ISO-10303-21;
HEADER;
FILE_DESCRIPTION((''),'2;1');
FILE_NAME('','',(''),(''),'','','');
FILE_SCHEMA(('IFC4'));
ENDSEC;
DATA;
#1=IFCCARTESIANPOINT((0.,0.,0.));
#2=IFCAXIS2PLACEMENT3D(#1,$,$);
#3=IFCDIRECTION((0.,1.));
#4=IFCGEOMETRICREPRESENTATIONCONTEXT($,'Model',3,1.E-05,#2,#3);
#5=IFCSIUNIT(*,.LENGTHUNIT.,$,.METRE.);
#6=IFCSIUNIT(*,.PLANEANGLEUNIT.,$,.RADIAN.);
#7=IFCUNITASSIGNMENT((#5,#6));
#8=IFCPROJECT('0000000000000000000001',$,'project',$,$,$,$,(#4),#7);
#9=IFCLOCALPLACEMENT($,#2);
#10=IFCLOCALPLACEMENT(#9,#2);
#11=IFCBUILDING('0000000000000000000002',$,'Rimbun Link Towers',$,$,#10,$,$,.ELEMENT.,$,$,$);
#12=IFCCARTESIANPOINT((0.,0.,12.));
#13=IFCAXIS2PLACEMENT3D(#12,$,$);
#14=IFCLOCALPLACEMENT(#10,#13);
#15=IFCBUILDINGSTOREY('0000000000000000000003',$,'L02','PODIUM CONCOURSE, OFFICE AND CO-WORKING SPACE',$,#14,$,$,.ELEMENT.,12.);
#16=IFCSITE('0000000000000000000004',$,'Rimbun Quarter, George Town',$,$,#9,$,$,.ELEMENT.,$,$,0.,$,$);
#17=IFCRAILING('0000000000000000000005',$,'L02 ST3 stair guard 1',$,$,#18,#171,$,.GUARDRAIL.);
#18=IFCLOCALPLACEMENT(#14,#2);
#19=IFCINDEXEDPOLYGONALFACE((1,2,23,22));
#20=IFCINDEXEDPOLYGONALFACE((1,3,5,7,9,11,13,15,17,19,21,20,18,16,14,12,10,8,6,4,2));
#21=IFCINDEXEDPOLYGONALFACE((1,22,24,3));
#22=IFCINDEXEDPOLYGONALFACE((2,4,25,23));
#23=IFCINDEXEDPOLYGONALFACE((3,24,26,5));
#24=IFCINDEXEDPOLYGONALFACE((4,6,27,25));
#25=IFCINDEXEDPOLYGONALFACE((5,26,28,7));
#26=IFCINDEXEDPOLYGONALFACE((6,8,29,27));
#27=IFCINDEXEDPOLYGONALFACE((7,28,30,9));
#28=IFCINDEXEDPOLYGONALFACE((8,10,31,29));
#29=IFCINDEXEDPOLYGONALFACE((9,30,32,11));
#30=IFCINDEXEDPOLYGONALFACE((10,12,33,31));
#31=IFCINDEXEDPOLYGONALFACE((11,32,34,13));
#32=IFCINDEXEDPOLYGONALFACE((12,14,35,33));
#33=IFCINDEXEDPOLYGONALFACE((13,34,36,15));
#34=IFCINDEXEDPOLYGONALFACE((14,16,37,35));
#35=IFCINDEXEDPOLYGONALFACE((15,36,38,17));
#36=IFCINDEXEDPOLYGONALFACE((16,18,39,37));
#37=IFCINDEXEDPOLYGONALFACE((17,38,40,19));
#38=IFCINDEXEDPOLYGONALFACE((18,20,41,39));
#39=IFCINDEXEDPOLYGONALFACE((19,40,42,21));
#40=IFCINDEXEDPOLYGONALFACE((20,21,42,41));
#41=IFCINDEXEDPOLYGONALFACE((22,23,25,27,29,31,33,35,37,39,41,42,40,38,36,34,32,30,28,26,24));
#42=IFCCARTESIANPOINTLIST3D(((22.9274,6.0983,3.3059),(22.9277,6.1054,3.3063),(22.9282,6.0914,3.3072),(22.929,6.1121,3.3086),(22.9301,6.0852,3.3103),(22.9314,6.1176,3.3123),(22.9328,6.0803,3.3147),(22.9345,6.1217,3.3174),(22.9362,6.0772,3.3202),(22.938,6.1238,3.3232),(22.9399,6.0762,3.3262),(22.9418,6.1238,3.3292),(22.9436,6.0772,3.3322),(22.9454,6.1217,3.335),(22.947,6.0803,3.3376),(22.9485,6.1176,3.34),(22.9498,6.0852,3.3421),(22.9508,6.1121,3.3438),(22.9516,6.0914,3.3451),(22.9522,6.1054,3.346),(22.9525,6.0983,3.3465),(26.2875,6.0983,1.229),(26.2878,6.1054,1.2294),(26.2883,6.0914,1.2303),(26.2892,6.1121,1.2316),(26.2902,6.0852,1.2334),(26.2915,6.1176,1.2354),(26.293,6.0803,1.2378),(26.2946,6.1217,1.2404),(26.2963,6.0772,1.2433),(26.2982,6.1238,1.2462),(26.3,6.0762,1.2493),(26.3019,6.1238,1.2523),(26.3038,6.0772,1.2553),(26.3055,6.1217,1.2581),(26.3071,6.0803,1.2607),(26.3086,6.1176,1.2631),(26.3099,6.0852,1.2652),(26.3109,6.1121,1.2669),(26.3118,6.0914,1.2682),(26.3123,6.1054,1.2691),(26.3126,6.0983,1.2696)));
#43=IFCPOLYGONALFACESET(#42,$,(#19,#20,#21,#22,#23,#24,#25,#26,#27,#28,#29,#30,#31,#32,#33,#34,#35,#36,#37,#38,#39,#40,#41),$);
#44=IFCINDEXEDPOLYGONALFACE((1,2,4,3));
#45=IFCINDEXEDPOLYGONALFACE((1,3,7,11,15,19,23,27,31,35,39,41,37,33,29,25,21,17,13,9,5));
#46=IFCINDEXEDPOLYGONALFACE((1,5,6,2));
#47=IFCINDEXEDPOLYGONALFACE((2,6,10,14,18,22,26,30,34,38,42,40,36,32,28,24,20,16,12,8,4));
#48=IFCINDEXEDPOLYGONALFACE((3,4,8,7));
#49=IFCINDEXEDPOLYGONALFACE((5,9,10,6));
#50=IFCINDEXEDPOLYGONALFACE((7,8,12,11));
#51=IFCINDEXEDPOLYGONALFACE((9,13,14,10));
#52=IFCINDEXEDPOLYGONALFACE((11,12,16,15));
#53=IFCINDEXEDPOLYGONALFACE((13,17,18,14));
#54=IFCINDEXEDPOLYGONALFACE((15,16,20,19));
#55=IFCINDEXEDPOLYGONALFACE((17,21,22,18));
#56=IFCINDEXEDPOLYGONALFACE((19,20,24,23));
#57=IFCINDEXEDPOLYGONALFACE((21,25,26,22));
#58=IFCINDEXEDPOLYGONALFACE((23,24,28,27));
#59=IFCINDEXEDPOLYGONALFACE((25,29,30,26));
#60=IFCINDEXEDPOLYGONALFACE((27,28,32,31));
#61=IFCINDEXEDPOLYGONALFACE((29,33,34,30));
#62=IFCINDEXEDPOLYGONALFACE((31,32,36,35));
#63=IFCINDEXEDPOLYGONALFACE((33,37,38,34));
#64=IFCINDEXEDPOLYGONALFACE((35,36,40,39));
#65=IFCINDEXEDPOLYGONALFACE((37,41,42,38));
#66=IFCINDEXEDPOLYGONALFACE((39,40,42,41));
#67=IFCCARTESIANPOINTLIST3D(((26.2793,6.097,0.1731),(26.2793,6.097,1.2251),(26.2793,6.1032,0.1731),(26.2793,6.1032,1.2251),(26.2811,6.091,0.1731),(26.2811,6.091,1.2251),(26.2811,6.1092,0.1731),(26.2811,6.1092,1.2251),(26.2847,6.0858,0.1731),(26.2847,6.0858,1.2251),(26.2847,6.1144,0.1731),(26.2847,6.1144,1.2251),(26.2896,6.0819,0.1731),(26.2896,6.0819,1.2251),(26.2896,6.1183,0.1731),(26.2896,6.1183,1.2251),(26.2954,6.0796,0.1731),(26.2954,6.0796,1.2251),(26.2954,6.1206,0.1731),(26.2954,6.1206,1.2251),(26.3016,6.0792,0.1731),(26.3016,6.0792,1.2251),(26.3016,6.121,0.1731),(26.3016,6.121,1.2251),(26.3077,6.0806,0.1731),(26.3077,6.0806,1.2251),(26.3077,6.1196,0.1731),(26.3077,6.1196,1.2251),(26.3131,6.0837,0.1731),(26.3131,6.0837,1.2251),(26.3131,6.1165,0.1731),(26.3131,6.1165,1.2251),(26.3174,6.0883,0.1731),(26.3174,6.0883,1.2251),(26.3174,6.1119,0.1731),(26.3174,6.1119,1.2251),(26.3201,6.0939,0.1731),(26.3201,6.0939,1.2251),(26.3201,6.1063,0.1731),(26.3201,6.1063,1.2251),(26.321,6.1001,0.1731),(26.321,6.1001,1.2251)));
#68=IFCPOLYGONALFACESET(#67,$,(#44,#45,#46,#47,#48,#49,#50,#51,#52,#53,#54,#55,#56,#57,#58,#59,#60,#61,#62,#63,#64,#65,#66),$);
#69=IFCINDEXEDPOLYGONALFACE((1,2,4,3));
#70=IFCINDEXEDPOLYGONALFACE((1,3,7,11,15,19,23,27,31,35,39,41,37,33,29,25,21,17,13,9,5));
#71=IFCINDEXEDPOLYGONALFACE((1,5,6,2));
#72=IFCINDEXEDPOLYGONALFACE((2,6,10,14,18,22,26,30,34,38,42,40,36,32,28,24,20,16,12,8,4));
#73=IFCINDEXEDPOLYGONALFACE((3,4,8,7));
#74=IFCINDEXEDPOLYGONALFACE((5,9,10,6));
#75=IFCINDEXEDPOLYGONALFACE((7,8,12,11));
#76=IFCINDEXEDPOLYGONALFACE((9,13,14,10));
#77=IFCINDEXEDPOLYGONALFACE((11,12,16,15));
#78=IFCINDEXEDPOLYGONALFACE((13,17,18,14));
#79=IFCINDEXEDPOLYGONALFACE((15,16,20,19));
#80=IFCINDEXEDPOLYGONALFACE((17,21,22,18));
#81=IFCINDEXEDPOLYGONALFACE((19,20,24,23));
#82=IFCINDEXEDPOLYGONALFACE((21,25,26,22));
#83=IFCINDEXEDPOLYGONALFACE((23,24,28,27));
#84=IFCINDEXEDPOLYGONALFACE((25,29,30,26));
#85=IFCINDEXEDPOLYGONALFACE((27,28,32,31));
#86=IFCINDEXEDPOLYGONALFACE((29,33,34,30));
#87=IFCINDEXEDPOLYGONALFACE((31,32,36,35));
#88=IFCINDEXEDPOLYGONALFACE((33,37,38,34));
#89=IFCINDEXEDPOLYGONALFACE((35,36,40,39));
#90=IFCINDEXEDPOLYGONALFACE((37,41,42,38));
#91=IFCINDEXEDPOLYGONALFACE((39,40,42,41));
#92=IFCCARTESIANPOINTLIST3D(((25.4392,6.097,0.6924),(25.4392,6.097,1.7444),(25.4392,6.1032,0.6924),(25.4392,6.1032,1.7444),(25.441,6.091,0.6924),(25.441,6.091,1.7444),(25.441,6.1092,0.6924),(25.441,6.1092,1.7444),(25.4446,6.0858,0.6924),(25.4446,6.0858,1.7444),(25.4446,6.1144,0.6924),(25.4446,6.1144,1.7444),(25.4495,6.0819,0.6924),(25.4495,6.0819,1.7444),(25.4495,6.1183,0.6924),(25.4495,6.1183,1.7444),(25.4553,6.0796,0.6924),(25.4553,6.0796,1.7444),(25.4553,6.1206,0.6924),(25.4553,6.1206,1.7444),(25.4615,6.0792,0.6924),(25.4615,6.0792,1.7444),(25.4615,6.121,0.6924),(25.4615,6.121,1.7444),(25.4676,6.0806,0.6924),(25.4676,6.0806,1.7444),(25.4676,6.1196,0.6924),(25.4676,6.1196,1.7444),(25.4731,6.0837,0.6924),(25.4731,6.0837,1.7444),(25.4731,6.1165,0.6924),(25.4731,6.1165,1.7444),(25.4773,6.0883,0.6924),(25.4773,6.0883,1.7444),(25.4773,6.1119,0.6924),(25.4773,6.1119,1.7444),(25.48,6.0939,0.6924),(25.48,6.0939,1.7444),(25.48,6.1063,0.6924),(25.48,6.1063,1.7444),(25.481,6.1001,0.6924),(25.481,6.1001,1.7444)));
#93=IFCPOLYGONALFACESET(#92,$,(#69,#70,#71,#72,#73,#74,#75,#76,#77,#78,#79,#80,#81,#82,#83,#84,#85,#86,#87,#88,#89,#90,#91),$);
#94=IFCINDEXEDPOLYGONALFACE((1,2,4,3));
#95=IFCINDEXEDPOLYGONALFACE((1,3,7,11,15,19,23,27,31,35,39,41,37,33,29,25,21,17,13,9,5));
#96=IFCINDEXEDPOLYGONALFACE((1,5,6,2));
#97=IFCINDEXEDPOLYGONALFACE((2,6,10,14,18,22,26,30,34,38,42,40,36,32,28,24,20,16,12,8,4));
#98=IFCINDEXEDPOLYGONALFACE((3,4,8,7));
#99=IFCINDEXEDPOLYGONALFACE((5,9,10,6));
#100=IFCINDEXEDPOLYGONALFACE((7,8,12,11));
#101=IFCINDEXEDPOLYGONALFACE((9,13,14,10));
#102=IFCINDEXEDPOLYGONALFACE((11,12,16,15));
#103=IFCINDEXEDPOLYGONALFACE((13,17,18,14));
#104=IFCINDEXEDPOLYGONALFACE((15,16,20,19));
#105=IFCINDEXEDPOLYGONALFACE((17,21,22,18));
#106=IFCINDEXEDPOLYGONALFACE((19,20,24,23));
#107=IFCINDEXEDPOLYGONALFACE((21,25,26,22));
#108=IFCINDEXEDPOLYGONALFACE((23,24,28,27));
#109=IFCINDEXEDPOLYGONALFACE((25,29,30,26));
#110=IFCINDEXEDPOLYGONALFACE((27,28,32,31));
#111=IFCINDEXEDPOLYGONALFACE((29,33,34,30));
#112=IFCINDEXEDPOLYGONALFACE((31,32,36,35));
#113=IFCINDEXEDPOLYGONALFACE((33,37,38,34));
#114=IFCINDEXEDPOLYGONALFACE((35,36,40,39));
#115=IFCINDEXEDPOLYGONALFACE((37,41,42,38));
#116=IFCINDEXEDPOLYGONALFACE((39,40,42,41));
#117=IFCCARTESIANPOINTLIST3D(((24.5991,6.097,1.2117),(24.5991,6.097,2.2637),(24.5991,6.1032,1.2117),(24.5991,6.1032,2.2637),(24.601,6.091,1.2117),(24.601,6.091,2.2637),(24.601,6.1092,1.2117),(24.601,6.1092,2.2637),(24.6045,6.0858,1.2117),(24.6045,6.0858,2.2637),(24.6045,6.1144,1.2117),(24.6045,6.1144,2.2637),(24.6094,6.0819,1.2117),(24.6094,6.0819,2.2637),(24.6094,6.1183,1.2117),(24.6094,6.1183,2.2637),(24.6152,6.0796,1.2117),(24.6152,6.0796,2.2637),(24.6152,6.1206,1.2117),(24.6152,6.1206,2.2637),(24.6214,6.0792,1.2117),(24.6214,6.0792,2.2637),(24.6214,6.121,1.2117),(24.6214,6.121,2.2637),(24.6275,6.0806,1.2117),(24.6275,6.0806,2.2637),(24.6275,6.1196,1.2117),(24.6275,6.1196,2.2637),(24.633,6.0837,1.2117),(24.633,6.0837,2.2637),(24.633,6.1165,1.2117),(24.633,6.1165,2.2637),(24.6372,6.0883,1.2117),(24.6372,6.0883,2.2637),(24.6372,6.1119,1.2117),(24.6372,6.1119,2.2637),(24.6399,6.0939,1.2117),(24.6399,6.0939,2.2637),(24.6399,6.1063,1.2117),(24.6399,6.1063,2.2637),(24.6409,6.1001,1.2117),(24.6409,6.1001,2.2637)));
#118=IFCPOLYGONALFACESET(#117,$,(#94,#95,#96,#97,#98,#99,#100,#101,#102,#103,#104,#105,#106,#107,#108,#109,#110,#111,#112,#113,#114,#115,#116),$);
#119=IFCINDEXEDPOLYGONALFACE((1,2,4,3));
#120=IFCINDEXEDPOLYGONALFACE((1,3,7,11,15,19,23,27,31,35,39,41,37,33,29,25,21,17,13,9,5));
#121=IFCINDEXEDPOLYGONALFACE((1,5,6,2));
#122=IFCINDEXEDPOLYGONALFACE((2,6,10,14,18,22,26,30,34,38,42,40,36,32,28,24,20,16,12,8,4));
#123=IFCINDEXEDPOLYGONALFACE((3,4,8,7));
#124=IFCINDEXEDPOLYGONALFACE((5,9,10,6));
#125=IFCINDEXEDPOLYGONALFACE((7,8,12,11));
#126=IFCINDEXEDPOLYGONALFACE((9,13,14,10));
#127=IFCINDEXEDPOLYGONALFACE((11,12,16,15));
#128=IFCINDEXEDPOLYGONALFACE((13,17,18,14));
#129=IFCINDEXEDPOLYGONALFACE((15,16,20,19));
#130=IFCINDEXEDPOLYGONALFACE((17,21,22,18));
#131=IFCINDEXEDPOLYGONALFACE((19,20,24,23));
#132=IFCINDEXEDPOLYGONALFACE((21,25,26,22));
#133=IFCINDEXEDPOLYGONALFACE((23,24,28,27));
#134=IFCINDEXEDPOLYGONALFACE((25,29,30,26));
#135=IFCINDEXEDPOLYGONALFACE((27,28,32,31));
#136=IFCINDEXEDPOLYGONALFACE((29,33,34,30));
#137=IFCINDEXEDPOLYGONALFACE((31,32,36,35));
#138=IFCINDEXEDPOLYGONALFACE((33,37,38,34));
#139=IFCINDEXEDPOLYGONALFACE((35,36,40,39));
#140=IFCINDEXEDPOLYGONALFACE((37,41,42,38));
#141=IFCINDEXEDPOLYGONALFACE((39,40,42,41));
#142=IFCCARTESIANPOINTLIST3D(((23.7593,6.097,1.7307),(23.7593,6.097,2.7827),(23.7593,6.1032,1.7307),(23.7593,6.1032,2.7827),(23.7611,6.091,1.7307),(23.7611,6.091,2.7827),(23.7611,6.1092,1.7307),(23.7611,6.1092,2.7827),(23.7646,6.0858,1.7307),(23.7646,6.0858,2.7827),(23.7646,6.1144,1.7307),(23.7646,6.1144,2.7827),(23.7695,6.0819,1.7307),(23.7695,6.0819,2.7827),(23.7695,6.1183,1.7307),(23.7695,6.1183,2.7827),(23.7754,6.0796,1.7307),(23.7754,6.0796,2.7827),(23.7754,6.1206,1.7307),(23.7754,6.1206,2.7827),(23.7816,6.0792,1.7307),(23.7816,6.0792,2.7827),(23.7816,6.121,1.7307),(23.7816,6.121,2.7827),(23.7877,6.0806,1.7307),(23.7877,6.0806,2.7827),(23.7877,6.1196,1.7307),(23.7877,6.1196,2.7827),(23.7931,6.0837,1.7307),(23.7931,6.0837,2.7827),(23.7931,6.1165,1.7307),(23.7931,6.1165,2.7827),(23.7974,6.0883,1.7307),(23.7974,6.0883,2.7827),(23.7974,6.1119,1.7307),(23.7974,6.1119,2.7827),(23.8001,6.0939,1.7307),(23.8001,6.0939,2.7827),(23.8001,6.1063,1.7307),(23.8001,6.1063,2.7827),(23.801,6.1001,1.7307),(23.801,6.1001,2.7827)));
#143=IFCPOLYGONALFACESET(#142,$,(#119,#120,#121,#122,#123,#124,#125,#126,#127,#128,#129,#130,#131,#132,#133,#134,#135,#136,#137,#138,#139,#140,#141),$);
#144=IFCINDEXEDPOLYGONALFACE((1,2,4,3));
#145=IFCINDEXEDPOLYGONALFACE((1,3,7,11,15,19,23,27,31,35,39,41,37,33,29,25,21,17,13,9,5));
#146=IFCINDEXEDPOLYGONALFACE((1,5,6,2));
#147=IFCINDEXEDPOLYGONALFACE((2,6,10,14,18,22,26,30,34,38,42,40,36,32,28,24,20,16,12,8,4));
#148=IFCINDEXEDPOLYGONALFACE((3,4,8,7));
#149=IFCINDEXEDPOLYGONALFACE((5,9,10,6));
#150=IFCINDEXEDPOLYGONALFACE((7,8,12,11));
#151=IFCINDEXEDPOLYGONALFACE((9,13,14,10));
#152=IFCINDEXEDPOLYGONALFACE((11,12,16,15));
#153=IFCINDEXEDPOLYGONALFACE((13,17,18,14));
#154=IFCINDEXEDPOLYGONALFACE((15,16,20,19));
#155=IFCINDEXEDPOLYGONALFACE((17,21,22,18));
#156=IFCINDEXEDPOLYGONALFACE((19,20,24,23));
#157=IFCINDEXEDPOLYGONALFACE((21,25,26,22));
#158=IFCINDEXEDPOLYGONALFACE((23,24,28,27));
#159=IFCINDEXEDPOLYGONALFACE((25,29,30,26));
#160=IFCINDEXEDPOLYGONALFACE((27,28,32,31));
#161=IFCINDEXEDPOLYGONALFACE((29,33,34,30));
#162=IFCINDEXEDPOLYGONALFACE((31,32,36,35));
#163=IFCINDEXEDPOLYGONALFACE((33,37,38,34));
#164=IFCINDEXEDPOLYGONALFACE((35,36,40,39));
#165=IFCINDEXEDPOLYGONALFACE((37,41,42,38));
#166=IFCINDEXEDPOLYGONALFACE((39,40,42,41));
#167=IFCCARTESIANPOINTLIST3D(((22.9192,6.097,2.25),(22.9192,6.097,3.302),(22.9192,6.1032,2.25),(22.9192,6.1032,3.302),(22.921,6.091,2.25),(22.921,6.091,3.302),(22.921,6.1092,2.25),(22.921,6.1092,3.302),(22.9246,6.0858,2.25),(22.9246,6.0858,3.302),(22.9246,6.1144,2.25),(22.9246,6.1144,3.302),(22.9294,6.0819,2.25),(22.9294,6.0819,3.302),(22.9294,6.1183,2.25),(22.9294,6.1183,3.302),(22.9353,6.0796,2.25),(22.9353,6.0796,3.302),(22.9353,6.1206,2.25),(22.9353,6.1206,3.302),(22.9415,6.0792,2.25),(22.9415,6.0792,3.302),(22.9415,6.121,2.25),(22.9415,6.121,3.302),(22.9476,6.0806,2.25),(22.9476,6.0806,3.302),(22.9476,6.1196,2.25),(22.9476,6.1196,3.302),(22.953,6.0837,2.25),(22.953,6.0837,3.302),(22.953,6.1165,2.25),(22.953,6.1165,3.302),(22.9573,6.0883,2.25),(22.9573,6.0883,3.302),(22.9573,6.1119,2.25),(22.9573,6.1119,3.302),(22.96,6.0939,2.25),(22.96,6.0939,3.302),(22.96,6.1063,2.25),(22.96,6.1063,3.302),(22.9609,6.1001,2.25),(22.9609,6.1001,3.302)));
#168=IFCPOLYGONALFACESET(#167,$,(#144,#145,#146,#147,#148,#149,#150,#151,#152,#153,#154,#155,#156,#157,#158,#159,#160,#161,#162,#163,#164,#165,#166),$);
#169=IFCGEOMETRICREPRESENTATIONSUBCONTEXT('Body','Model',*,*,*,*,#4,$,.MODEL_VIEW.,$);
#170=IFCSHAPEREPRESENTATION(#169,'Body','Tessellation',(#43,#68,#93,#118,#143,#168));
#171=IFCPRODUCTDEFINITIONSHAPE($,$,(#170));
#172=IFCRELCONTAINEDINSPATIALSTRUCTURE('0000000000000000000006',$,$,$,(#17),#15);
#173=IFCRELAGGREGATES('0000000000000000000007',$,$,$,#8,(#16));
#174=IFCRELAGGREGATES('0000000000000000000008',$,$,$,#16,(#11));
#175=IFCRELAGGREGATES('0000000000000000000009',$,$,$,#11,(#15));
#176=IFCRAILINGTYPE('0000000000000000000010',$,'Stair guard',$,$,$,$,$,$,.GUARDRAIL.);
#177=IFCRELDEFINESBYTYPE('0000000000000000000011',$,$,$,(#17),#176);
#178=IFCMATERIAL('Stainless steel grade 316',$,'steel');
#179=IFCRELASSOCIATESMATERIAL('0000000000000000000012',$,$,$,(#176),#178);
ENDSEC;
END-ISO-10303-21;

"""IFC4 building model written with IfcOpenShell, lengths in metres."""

from ifc_helpers import new_model, si_unit, direction, frame, origin, origin_2d, place, context, subcontext, project, spatial, circle, extrude, material, type_object, element, save


model = new_model("IFC4")

# Units and contexts
model_context = context("Model", 3, precision=1e-05, world=origin(), true_north=direction((0.0, 1.0)))
body_context = subcontext(model_context, "Body", "Model", "MODEL_VIEW")
ifc_project = project(units=[si_unit("LENGTHUNIT", "METRE"), si_unit("PLANEANGLEUNIT", "RADIAN")], contexts=[model_context])

# Site, building, storey
site_placement = place(None, origin())
site = spatial("IfcSite", under=ifc_project, at=site_placement, Name="Rimbun Quarter, George Town", CompositionType="ELEMENT", RefElevation=0.0)
building_placement = place(site_placement, origin())
building = spatial("IfcBuilding", under=site, at=building_placement, Name="Rimbun Link Towers", CompositionType="ELEMENT")
storey_placement = place(building_placement, frame((0.0, 0.0, 12.0)))
storey = spatial("IfcBuildingStorey", under=building, at=storey_placement, Name="L02", Description="PODIUM CONCOURSE, OFFICE AND CO-WORKING SPACE", CompositionType="ELEMENT", Elevation=12.0)

# Railing
ifc_material_1 = material(Name="Stainless steel grade 316", Category="steel")
railing_type_1 = type_object("IfcRailingType", Name="Stair guard", PredefinedType="GUARDRAIL", material=ifc_material_1)
railing_1_placement = place(storey_placement, frame((26.3, 6.1001, 0.1731)))
element("IfcRailing", 1, at=railing_1_placement, inside=storey, type_object=railing_type_1, Name="L02 ST3 stair guard 1", PredefinedType="GUARDRAIL", context=body_context, shape_type="SweptSolid", body=[
    extrude(circle(Radius=0.0239, at=origin_2d()), frame((0.0, 0.0, 1.0762), z_axis=(-0.850623, 0.0, 0.525776), x_axis=(0.0, -1.0, 0.0)), (0.0, 0.0, 1.0), 3.9502),
    extrude(circle(Radius=0.021, at=origin_2d()), origin(), (0.0, 0.0, 1.0), 1.052),
    extrude(circle(Radius=0.021, at=origin_2d()), frame((-0.8401, 0.0, 0.5193)), (0.0, 0.0, 1.0), 1.052),
    extrude(circle(Radius=0.021, at=origin_2d()), frame((-1.6802, 0.0, 1.0386)), (0.0, 0.0, 1.0), 1.052),
    extrude(circle(Radius=0.021, at=origin_2d()), frame((-2.52, 0.0, 1.5576)), (0.0, 0.0, 1.0), 1.052),
    extrude(circle(Radius=0.021, at=origin_2d()), frame((-3.3601, 0.0, 2.0769)), (0.0, 0.0, 1.0), 1.052),
])

save(model, "model.ifc")
